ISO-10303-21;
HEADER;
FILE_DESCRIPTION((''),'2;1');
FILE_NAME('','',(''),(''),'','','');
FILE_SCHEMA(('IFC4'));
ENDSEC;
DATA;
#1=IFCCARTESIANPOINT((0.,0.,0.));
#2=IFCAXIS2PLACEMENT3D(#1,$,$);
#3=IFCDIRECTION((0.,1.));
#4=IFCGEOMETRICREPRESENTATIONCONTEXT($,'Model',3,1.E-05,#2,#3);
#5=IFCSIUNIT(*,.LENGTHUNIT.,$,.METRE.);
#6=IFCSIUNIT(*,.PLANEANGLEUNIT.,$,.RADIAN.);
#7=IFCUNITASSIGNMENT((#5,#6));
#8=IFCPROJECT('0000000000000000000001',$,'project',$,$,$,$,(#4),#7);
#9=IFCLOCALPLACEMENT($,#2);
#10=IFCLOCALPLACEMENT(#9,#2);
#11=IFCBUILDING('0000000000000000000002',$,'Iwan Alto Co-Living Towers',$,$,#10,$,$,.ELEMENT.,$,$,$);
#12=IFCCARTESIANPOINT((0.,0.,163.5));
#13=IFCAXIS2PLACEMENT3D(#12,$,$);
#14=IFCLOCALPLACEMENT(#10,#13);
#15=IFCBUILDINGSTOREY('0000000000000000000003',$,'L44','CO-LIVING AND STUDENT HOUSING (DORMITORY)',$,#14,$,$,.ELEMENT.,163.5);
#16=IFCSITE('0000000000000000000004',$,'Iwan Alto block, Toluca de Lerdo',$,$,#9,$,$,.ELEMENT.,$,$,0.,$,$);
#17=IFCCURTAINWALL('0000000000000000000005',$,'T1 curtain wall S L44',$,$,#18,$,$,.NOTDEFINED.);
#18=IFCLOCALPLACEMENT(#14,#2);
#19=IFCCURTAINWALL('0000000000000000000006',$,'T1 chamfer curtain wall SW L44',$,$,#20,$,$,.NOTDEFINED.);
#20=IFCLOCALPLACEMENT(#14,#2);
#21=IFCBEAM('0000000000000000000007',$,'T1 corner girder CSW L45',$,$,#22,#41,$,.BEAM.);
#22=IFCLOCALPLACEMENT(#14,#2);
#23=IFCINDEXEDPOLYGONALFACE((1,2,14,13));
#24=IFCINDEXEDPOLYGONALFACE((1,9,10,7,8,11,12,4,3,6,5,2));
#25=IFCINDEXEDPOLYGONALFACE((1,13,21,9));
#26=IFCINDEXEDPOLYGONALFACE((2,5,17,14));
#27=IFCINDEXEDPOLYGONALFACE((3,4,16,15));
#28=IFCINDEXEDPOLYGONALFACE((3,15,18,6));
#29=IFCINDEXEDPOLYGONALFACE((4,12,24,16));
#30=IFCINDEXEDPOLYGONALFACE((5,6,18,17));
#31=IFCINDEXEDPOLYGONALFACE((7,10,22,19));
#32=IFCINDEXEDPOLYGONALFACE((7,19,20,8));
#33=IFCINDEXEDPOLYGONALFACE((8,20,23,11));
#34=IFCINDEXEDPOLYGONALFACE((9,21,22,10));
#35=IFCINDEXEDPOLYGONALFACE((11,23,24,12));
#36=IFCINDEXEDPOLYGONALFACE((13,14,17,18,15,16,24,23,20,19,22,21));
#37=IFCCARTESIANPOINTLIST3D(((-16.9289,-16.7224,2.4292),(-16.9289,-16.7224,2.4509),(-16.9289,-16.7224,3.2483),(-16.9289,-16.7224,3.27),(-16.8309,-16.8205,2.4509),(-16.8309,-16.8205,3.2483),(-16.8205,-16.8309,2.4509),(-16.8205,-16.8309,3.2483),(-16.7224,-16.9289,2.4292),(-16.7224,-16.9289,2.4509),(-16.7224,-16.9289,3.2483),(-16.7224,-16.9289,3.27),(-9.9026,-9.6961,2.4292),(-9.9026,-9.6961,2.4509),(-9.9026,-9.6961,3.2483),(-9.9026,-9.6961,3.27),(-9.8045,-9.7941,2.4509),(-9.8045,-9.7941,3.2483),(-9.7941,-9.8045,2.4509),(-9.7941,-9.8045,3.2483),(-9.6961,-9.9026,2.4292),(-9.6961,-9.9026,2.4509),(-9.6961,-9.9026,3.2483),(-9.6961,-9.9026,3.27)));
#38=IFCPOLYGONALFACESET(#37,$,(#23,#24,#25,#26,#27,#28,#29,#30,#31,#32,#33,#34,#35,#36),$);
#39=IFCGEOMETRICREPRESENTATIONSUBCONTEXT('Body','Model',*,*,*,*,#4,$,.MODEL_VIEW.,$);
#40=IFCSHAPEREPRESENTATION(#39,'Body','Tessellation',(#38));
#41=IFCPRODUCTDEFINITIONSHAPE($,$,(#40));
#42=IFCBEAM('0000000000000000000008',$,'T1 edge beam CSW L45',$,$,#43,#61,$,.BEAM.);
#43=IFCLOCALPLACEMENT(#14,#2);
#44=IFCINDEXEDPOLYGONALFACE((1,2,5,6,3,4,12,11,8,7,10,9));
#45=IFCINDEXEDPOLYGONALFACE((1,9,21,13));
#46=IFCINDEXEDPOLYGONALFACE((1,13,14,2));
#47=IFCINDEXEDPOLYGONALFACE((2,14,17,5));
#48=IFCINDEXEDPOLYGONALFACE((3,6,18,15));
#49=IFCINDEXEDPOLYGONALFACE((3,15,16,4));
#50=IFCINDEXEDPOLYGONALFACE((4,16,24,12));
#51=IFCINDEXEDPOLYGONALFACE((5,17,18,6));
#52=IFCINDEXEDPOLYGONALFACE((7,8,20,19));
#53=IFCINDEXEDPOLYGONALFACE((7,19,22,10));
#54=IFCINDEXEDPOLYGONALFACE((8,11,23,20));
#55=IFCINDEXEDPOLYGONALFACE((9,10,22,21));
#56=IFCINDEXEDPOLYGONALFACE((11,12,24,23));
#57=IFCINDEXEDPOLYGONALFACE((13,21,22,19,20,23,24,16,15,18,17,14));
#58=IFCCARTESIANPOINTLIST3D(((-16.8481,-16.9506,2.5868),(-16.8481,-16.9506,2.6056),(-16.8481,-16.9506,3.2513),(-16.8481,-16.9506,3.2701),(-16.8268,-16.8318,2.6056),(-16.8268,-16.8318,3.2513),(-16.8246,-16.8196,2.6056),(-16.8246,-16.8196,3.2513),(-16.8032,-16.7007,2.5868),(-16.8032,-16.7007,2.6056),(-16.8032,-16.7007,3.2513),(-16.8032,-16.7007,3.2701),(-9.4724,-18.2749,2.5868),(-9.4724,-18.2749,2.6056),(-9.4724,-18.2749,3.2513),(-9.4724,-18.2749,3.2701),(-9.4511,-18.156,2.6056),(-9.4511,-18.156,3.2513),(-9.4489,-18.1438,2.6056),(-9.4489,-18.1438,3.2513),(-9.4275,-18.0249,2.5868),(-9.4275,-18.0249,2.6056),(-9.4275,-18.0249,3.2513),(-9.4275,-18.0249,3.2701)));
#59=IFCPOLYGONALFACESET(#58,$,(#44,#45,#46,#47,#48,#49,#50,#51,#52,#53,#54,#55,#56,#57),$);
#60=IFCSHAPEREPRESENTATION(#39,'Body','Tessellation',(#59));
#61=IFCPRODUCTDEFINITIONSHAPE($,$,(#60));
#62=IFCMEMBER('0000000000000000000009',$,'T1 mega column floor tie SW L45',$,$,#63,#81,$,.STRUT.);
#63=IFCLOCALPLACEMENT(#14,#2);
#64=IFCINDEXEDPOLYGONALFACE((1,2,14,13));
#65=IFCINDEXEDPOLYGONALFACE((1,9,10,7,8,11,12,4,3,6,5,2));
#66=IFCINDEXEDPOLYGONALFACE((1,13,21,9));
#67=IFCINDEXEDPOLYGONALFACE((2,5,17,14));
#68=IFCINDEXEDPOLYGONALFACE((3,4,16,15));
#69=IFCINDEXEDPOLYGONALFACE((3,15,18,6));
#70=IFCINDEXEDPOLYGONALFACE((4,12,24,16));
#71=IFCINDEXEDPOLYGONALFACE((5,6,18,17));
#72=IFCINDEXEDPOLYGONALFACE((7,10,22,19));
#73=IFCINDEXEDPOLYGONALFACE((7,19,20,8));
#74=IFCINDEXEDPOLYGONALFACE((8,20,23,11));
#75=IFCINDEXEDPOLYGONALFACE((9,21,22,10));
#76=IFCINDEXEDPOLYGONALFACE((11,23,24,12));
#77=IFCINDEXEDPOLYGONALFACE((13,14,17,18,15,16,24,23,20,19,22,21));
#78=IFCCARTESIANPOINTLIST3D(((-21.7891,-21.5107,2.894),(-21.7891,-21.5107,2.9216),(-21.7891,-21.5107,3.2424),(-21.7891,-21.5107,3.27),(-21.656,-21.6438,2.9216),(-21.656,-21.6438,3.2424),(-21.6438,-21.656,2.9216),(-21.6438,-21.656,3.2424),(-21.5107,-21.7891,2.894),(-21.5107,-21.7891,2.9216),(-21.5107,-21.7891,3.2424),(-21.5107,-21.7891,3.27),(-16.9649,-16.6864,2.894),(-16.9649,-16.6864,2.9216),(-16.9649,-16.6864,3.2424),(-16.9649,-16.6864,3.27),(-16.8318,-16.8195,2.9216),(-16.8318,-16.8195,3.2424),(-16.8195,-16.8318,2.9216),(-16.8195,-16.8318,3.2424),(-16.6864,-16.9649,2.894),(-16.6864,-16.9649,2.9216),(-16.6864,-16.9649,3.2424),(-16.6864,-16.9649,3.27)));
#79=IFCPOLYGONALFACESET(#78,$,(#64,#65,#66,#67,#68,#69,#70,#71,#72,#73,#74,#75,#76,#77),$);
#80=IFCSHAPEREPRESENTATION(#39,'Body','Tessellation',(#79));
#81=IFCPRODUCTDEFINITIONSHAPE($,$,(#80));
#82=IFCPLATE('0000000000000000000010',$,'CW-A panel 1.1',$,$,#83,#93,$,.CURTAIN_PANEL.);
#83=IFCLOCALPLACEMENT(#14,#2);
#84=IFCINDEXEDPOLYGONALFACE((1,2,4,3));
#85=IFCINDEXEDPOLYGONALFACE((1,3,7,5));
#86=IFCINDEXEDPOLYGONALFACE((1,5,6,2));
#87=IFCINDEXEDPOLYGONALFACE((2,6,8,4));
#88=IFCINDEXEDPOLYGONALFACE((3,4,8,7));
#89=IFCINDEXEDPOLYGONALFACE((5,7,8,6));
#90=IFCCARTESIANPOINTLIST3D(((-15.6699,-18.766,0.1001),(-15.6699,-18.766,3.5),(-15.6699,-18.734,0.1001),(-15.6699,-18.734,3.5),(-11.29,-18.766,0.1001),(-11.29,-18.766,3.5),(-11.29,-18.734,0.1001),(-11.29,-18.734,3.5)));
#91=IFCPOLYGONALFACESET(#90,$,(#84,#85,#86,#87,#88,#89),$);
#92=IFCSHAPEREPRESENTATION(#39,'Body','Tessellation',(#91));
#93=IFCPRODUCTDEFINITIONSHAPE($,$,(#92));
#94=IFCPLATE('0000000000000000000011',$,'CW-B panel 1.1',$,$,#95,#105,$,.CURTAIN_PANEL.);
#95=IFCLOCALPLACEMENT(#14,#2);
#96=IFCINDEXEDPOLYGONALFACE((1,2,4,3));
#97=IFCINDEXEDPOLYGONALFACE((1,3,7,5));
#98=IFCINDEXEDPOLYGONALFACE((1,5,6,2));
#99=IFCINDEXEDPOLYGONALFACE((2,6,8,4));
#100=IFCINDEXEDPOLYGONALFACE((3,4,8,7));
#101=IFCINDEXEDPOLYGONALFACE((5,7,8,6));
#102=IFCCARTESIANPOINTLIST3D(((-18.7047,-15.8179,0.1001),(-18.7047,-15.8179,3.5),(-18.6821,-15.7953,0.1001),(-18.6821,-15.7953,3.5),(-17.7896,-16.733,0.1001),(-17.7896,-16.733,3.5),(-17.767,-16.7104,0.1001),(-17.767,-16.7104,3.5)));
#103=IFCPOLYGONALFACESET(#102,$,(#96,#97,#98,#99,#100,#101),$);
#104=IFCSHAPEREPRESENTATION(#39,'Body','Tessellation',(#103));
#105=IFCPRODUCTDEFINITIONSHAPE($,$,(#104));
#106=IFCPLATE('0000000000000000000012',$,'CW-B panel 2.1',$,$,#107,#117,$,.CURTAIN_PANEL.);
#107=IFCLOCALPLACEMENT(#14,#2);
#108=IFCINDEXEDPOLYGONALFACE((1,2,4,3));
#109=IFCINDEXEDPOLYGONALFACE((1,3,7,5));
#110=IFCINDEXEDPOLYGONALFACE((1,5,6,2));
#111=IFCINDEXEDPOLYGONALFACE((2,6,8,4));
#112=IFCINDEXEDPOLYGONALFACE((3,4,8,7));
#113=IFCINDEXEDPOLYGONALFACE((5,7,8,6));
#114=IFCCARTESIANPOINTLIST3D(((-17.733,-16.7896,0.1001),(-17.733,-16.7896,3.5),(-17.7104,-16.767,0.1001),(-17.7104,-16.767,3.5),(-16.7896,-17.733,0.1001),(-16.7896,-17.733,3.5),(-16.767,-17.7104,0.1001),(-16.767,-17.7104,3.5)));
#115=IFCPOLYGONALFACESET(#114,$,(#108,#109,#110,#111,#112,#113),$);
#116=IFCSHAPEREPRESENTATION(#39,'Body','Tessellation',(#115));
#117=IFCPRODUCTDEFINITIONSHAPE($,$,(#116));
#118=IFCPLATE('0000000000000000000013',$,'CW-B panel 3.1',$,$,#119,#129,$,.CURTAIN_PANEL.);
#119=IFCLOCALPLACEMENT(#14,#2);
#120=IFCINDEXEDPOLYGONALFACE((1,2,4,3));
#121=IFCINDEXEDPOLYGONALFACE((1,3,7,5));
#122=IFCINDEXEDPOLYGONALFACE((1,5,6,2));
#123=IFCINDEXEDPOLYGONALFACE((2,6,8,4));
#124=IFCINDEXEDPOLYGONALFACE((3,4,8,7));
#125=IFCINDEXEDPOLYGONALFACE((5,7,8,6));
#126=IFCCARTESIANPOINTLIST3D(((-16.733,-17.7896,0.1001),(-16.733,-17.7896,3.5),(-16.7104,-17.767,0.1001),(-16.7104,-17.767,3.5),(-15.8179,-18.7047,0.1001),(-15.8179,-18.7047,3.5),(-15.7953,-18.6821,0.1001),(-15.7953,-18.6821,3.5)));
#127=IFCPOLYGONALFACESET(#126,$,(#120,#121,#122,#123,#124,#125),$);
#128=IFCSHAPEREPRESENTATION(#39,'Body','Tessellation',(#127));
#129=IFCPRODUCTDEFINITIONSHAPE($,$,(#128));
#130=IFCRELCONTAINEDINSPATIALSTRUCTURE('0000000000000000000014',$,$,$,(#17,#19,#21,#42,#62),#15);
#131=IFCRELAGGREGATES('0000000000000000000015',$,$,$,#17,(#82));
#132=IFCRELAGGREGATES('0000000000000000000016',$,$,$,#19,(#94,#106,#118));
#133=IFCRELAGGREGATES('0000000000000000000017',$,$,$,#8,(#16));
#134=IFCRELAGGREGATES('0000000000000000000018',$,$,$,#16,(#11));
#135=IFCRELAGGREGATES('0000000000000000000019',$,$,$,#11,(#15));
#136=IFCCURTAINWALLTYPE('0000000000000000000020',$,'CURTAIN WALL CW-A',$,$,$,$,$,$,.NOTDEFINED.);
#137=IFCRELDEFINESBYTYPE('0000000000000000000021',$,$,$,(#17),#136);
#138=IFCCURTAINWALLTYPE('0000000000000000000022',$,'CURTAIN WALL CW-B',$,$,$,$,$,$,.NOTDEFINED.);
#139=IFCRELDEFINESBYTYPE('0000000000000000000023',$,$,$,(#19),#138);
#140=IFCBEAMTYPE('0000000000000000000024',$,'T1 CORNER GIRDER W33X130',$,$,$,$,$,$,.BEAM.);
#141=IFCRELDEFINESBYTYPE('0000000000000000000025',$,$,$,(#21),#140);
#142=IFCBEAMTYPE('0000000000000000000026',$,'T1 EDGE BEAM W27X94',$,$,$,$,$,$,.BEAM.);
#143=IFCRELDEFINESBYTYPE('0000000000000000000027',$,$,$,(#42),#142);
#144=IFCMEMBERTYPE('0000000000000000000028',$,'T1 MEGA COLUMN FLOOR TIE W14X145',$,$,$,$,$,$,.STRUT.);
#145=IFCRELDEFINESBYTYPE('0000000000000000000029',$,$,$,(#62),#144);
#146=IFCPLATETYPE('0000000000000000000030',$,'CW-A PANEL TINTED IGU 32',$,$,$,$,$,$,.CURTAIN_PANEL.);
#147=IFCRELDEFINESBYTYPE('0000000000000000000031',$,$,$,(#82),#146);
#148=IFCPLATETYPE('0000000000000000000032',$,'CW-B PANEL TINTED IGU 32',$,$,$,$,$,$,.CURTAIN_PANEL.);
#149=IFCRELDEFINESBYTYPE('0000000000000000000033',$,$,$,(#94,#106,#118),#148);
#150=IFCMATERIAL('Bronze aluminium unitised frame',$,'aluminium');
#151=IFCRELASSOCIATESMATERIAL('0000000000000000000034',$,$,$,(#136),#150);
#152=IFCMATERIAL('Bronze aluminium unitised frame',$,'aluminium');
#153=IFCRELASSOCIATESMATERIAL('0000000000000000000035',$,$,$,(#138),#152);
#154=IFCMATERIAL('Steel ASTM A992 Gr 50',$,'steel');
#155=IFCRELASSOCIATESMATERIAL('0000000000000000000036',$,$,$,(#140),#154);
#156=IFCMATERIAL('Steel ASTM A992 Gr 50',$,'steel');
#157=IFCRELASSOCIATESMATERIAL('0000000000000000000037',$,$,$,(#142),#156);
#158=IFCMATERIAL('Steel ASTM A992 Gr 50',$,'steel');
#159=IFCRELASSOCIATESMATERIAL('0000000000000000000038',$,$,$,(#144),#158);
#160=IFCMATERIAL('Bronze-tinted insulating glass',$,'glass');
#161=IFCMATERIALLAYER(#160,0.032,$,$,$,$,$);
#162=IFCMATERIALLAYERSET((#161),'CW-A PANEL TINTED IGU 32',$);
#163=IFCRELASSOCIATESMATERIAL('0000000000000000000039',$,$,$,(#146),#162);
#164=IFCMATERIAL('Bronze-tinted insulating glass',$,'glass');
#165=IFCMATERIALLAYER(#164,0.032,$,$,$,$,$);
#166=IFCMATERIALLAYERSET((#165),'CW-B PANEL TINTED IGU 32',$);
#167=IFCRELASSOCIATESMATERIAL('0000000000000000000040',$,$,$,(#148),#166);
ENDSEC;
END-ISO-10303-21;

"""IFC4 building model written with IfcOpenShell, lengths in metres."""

from ifc_helpers import new_model, si_unit, direction, frame, origin, origin_2d, place, context, subcontext, project, spatial, rectangle, i_section, extrude, material, layer, layer_set, material_profile, profile_set, type_object, element, aggregate, save


model = new_model("IFC4")

# Units and contexts
model_context = context("Model", 3, precision=1e-05, world=origin(), true_north=direction((0.0, 1.0)))
body_context = subcontext(model_context, "Body", "Model", "MODEL_VIEW")
ifc_project = project(units=[si_unit("LENGTHUNIT", "METRE"), si_unit("PLANEANGLEUNIT", "RADIAN")], contexts=[model_context])

# Site, building, storey
site_placement = place(None, origin())
site = spatial("IfcSite", under=ifc_project, at=site_placement, Name="Iwan Alto block, Toluca de Lerdo", CompositionType="ELEMENT", RefElevation=0.0)
building_placement = place(site_placement, origin())
building = spatial("IfcBuilding", under=site, at=building_placement, Name="Iwan Alto Co-Living Towers", CompositionType="ELEMENT")
storey_placement = place(building_placement, frame((0.0, 0.0, 163.5)))
storey = spatial("IfcBuildingStorey", under=building, at=storey_placement, Name="L44", Description="CO-LIVING AND STUDENT HOUSING (DORMITORY)", CompositionType="ELEMENT", Elevation=163.5)

# Curtain wall
ifc_material_1 = material(Name="Bronze aluminium unitised frame", Category="aluminium")
curtain_wall_type_1 = type_object("IfcCurtainWallType", Name="CURTAIN WALL CW-A", PredefinedType="NOTDEFINED", material=ifc_material_1)
curtain_wall_1_placement = place(storey_placement, origin())
curtain_wall_1 = element("IfcCurtainWall", 1, at=curtain_wall_1_placement, inside=storey, type_object=curtain_wall_type_1, Name="T1 curtain wall S L44", PredefinedType="NOTDEFINED")

# Curtain wall
ifc_material_2 = material(Name="Bronze aluminium unitised frame", Category="aluminium")
curtain_wall_type_2 = type_object("IfcCurtainWallType", Name="CURTAIN WALL CW-B", PredefinedType="NOTDEFINED", material=ifc_material_2)
curtain_wall_2_placement = place(storey_placement, origin())
curtain_wall_2 = element("IfcCurtainWall", 2, at=curtain_wall_2_placement, inside=storey, type_object=curtain_wall_type_2, Name="T1 chamfer curtain wall SW L44", PredefinedType="NOTDEFINED")

# Beams
ifc_material_3 = material(Name="Steel ASTM A992 Gr 50", Category="steel")
ifc_material_profile_1 = material_profile(ifc_material_3, i_section(OverallWidth=0.292, OverallDepth=0.8408, WebThickness=0.0146, FlangeThickness=0.0217, at=origin_2d()), Name="W33X130")
ifc_profile_set_1 = profile_set([ifc_material_profile_1], Name="Steel ASTM A992 Gr 50")
beam_type_1 = type_object("IfcBeamType", Name="T1 CORNER GIRDER W33X130", PredefinedType="BEAM", material=ifc_profile_set_1)
beam_1_placement = place(storey_placement, frame((-16.8257, -16.8257, 2.8496), z_axis=(0.707107, 0.707107, 0.0), x_axis=(-0.707107, 0.707107, 0.0)))
element("IfcBeam", 3, at=beam_1_placement, inside=storey, type_object=beam_type_1, Name="T1 corner girder CSW L45", PredefinedType="BEAM", context=body_context, shape_type="SweptSolid", body=[
    extrude(i_section(OverallWidth=0.292, OverallDepth=0.8408, WebThickness=0.0146, FlangeThickness=0.0217, at=origin_2d()), origin(), (0.0, 0.0, 1.0), 9.9368),
])
ifc_material_4 = material(Name="Steel ASTM A992 Gr 50", Category="steel")
ifc_material_profile_2 = material_profile(ifc_material_4, i_section(OverallWidth=0.2539, OverallDepth=0.6833, WebThickness=0.0125, FlangeThickness=0.0188, at=origin_2d()), Name="W27X94")
ifc_profile_set_2 = profile_set([ifc_material_profile_2], Name="Steel ASTM A992 Gr 50")
beam_type_2 = type_object("IfcBeamType", Name="T1 EDGE BEAM W27X94", PredefinedType="BEAM", material=ifc_profile_set_2)
beam_2_placement = place(storey_placement, frame((-16.8257, -16.8257, 2.9285), z_axis=(0.984263, -0.176712, 0.0), x_axis=(0.176712, 0.984263, 0.0)))
element("IfcBeam", 4, at=beam_2_placement, inside=storey, type_object=beam_type_2, Name="T1 edge beam CSW L45", PredefinedType="BEAM", context=body_context, shape_type="SweptSolid", body=[
    extrude(i_section(OverallWidth=0.2539, OverallDepth=0.6833, WebThickness=0.0125, FlangeThickness=0.0188, at=origin_2d()), origin(), (0.0, 0.0, 1.0), 7.4937),
])

# Member
ifc_material_5 = material(Name="Steel ASTM A992 Gr 50", Category="steel")
ifc_material_profile_3 = material_profile(ifc_material_5, i_section(OverallWidth=0.3938, OverallDepth=0.376, WebThickness=0.0173, FlangeThickness=0.0276, at=origin_2d()), Name="W14X145")
ifc_profile_set_3 = profile_set([ifc_material_profile_3], Name="Steel ASTM A992 Gr 50")
member_type_1 = type_object("IfcMemberType", Name="T1 MEGA COLUMN FLOOR TIE W14X145", PredefinedType="STRUT", material=ifc_profile_set_3)
member_1_placement = place(storey_placement, frame((-21.6499, -21.6499, 3.082), z_axis=(0.707107, 0.707107, 0.0), x_axis=(-0.707107, 0.707107, 0.0)))
element("IfcMember", 5, at=member_1_placement, inside=storey, type_object=member_type_1, Name="T1 mega column floor tie SW L45", PredefinedType="STRUT", context=body_context, shape_type="SweptSolid", body=[
    extrude(i_section(OverallWidth=0.3938, OverallDepth=0.376, WebThickness=0.0173, FlangeThickness=0.0276, at=origin_2d()), origin(), (0.0, 0.0, 1.0), 6.8225),
])

# Plates
ifc_material_6 = material(Name="Bronze-tinted insulating glass", Category="glass")
ifc_layer_1 = layer(ifc_material_6, 0.032)
ifc_layer_set_1 = layer_set([ifc_layer_1], Name="CW-A PANEL TINTED IGU 32")
plate_type_1 = type_object("IfcPlateType", Name="CW-A PANEL TINTED IGU 32", PredefinedType="CURTAIN_PANEL", material=ifc_layer_set_1)
plate_1_placement = place(storey_placement, frame((-13.48, -18.75, 0.1001), z_axis=(0.0, 0.0, 1.0), x_axis=(1.0, 0.0, 0.0)))
plate_1 = element("IfcPlate", 6, at=plate_1_placement, type_object=plate_type_1, Name="CW-A panel 1.1", PredefinedType="CURTAIN_PANEL", context=body_context, shape_type="SweptSolid", body=[
    extrude(rectangle(XDim=4.3799, YDim=0.032, at=origin_2d()), origin(), (0.0, 0.0, 1.0), 3.3999),
])
aggregate(curtain_wall_1, [plate_1])
ifc_material_7 = material(Name="Bronze-tinted insulating glass", Category="glass")
ifc_layer_2 = layer(ifc_material_7, 0.032)
ifc_layer_set_2 = layer_set([ifc_layer_2], Name="CW-B PANEL TINTED IGU 32")
plate_type_2 = type_object("IfcPlateType", Name="CW-B PANEL TINTED IGU 32", PredefinedType="CURTAIN_PANEL", material=ifc_layer_set_2)
plate_2_placement = place(storey_placement, frame((-18.2358, -16.2642, 0.1001), z_axis=(0.0, 0.0, 1.0), x_axis=(0.707107, -0.707107, 0.0)))
plate_2 = element("IfcPlate", 7, at=plate_2_placement, type_object=plate_type_2, Name="CW-B panel 1.1", PredefinedType="CURTAIN_PANEL", context=body_context, shape_type="SweptSolid", body=[
    extrude(rectangle(XDim=1.2942, YDim=0.032, at=origin_2d()), origin(), (0.0, 0.0, 1.0), 3.3999),
])
plate_3_placement = place(storey_placement, frame((-17.25, -17.25, 0.1001), z_axis=(0.0, 0.0, 1.0), x_axis=(0.707107, -0.707107, 0.0)))
plate_3 = element("IfcPlate", 8, at=plate_3_placement, type_object=plate_type_2, Name="CW-B panel 2.1", PredefinedType="CURTAIN_PANEL", context=body_context, shape_type="SweptSolid", body=[
    extrude(rectangle(XDim=1.3342, YDim=0.032, at=origin_2d()), origin(), (0.0, 0.0, 1.0), 3.3999),
])
plate_4_placement = place(storey_placement, frame((-16.2642, -18.2358, 0.1001), z_axis=(0.0, 0.0, 1.0), x_axis=(0.707107, -0.707107, 0.0)))
plate_4 = element("IfcPlate", 9, at=plate_4_placement, type_object=plate_type_2, Name="CW-B panel 3.1", PredefinedType="CURTAIN_PANEL", context=body_context, shape_type="SweptSolid", body=[
    extrude(rectangle(XDim=1.2942, YDim=0.032, at=origin_2d()), origin(), (0.0, 0.0, 1.0), 3.3999),
])
aggregate(curtain_wall_2, [plate_2, plate_3, plate_4])

save(model, "model.ifc")
